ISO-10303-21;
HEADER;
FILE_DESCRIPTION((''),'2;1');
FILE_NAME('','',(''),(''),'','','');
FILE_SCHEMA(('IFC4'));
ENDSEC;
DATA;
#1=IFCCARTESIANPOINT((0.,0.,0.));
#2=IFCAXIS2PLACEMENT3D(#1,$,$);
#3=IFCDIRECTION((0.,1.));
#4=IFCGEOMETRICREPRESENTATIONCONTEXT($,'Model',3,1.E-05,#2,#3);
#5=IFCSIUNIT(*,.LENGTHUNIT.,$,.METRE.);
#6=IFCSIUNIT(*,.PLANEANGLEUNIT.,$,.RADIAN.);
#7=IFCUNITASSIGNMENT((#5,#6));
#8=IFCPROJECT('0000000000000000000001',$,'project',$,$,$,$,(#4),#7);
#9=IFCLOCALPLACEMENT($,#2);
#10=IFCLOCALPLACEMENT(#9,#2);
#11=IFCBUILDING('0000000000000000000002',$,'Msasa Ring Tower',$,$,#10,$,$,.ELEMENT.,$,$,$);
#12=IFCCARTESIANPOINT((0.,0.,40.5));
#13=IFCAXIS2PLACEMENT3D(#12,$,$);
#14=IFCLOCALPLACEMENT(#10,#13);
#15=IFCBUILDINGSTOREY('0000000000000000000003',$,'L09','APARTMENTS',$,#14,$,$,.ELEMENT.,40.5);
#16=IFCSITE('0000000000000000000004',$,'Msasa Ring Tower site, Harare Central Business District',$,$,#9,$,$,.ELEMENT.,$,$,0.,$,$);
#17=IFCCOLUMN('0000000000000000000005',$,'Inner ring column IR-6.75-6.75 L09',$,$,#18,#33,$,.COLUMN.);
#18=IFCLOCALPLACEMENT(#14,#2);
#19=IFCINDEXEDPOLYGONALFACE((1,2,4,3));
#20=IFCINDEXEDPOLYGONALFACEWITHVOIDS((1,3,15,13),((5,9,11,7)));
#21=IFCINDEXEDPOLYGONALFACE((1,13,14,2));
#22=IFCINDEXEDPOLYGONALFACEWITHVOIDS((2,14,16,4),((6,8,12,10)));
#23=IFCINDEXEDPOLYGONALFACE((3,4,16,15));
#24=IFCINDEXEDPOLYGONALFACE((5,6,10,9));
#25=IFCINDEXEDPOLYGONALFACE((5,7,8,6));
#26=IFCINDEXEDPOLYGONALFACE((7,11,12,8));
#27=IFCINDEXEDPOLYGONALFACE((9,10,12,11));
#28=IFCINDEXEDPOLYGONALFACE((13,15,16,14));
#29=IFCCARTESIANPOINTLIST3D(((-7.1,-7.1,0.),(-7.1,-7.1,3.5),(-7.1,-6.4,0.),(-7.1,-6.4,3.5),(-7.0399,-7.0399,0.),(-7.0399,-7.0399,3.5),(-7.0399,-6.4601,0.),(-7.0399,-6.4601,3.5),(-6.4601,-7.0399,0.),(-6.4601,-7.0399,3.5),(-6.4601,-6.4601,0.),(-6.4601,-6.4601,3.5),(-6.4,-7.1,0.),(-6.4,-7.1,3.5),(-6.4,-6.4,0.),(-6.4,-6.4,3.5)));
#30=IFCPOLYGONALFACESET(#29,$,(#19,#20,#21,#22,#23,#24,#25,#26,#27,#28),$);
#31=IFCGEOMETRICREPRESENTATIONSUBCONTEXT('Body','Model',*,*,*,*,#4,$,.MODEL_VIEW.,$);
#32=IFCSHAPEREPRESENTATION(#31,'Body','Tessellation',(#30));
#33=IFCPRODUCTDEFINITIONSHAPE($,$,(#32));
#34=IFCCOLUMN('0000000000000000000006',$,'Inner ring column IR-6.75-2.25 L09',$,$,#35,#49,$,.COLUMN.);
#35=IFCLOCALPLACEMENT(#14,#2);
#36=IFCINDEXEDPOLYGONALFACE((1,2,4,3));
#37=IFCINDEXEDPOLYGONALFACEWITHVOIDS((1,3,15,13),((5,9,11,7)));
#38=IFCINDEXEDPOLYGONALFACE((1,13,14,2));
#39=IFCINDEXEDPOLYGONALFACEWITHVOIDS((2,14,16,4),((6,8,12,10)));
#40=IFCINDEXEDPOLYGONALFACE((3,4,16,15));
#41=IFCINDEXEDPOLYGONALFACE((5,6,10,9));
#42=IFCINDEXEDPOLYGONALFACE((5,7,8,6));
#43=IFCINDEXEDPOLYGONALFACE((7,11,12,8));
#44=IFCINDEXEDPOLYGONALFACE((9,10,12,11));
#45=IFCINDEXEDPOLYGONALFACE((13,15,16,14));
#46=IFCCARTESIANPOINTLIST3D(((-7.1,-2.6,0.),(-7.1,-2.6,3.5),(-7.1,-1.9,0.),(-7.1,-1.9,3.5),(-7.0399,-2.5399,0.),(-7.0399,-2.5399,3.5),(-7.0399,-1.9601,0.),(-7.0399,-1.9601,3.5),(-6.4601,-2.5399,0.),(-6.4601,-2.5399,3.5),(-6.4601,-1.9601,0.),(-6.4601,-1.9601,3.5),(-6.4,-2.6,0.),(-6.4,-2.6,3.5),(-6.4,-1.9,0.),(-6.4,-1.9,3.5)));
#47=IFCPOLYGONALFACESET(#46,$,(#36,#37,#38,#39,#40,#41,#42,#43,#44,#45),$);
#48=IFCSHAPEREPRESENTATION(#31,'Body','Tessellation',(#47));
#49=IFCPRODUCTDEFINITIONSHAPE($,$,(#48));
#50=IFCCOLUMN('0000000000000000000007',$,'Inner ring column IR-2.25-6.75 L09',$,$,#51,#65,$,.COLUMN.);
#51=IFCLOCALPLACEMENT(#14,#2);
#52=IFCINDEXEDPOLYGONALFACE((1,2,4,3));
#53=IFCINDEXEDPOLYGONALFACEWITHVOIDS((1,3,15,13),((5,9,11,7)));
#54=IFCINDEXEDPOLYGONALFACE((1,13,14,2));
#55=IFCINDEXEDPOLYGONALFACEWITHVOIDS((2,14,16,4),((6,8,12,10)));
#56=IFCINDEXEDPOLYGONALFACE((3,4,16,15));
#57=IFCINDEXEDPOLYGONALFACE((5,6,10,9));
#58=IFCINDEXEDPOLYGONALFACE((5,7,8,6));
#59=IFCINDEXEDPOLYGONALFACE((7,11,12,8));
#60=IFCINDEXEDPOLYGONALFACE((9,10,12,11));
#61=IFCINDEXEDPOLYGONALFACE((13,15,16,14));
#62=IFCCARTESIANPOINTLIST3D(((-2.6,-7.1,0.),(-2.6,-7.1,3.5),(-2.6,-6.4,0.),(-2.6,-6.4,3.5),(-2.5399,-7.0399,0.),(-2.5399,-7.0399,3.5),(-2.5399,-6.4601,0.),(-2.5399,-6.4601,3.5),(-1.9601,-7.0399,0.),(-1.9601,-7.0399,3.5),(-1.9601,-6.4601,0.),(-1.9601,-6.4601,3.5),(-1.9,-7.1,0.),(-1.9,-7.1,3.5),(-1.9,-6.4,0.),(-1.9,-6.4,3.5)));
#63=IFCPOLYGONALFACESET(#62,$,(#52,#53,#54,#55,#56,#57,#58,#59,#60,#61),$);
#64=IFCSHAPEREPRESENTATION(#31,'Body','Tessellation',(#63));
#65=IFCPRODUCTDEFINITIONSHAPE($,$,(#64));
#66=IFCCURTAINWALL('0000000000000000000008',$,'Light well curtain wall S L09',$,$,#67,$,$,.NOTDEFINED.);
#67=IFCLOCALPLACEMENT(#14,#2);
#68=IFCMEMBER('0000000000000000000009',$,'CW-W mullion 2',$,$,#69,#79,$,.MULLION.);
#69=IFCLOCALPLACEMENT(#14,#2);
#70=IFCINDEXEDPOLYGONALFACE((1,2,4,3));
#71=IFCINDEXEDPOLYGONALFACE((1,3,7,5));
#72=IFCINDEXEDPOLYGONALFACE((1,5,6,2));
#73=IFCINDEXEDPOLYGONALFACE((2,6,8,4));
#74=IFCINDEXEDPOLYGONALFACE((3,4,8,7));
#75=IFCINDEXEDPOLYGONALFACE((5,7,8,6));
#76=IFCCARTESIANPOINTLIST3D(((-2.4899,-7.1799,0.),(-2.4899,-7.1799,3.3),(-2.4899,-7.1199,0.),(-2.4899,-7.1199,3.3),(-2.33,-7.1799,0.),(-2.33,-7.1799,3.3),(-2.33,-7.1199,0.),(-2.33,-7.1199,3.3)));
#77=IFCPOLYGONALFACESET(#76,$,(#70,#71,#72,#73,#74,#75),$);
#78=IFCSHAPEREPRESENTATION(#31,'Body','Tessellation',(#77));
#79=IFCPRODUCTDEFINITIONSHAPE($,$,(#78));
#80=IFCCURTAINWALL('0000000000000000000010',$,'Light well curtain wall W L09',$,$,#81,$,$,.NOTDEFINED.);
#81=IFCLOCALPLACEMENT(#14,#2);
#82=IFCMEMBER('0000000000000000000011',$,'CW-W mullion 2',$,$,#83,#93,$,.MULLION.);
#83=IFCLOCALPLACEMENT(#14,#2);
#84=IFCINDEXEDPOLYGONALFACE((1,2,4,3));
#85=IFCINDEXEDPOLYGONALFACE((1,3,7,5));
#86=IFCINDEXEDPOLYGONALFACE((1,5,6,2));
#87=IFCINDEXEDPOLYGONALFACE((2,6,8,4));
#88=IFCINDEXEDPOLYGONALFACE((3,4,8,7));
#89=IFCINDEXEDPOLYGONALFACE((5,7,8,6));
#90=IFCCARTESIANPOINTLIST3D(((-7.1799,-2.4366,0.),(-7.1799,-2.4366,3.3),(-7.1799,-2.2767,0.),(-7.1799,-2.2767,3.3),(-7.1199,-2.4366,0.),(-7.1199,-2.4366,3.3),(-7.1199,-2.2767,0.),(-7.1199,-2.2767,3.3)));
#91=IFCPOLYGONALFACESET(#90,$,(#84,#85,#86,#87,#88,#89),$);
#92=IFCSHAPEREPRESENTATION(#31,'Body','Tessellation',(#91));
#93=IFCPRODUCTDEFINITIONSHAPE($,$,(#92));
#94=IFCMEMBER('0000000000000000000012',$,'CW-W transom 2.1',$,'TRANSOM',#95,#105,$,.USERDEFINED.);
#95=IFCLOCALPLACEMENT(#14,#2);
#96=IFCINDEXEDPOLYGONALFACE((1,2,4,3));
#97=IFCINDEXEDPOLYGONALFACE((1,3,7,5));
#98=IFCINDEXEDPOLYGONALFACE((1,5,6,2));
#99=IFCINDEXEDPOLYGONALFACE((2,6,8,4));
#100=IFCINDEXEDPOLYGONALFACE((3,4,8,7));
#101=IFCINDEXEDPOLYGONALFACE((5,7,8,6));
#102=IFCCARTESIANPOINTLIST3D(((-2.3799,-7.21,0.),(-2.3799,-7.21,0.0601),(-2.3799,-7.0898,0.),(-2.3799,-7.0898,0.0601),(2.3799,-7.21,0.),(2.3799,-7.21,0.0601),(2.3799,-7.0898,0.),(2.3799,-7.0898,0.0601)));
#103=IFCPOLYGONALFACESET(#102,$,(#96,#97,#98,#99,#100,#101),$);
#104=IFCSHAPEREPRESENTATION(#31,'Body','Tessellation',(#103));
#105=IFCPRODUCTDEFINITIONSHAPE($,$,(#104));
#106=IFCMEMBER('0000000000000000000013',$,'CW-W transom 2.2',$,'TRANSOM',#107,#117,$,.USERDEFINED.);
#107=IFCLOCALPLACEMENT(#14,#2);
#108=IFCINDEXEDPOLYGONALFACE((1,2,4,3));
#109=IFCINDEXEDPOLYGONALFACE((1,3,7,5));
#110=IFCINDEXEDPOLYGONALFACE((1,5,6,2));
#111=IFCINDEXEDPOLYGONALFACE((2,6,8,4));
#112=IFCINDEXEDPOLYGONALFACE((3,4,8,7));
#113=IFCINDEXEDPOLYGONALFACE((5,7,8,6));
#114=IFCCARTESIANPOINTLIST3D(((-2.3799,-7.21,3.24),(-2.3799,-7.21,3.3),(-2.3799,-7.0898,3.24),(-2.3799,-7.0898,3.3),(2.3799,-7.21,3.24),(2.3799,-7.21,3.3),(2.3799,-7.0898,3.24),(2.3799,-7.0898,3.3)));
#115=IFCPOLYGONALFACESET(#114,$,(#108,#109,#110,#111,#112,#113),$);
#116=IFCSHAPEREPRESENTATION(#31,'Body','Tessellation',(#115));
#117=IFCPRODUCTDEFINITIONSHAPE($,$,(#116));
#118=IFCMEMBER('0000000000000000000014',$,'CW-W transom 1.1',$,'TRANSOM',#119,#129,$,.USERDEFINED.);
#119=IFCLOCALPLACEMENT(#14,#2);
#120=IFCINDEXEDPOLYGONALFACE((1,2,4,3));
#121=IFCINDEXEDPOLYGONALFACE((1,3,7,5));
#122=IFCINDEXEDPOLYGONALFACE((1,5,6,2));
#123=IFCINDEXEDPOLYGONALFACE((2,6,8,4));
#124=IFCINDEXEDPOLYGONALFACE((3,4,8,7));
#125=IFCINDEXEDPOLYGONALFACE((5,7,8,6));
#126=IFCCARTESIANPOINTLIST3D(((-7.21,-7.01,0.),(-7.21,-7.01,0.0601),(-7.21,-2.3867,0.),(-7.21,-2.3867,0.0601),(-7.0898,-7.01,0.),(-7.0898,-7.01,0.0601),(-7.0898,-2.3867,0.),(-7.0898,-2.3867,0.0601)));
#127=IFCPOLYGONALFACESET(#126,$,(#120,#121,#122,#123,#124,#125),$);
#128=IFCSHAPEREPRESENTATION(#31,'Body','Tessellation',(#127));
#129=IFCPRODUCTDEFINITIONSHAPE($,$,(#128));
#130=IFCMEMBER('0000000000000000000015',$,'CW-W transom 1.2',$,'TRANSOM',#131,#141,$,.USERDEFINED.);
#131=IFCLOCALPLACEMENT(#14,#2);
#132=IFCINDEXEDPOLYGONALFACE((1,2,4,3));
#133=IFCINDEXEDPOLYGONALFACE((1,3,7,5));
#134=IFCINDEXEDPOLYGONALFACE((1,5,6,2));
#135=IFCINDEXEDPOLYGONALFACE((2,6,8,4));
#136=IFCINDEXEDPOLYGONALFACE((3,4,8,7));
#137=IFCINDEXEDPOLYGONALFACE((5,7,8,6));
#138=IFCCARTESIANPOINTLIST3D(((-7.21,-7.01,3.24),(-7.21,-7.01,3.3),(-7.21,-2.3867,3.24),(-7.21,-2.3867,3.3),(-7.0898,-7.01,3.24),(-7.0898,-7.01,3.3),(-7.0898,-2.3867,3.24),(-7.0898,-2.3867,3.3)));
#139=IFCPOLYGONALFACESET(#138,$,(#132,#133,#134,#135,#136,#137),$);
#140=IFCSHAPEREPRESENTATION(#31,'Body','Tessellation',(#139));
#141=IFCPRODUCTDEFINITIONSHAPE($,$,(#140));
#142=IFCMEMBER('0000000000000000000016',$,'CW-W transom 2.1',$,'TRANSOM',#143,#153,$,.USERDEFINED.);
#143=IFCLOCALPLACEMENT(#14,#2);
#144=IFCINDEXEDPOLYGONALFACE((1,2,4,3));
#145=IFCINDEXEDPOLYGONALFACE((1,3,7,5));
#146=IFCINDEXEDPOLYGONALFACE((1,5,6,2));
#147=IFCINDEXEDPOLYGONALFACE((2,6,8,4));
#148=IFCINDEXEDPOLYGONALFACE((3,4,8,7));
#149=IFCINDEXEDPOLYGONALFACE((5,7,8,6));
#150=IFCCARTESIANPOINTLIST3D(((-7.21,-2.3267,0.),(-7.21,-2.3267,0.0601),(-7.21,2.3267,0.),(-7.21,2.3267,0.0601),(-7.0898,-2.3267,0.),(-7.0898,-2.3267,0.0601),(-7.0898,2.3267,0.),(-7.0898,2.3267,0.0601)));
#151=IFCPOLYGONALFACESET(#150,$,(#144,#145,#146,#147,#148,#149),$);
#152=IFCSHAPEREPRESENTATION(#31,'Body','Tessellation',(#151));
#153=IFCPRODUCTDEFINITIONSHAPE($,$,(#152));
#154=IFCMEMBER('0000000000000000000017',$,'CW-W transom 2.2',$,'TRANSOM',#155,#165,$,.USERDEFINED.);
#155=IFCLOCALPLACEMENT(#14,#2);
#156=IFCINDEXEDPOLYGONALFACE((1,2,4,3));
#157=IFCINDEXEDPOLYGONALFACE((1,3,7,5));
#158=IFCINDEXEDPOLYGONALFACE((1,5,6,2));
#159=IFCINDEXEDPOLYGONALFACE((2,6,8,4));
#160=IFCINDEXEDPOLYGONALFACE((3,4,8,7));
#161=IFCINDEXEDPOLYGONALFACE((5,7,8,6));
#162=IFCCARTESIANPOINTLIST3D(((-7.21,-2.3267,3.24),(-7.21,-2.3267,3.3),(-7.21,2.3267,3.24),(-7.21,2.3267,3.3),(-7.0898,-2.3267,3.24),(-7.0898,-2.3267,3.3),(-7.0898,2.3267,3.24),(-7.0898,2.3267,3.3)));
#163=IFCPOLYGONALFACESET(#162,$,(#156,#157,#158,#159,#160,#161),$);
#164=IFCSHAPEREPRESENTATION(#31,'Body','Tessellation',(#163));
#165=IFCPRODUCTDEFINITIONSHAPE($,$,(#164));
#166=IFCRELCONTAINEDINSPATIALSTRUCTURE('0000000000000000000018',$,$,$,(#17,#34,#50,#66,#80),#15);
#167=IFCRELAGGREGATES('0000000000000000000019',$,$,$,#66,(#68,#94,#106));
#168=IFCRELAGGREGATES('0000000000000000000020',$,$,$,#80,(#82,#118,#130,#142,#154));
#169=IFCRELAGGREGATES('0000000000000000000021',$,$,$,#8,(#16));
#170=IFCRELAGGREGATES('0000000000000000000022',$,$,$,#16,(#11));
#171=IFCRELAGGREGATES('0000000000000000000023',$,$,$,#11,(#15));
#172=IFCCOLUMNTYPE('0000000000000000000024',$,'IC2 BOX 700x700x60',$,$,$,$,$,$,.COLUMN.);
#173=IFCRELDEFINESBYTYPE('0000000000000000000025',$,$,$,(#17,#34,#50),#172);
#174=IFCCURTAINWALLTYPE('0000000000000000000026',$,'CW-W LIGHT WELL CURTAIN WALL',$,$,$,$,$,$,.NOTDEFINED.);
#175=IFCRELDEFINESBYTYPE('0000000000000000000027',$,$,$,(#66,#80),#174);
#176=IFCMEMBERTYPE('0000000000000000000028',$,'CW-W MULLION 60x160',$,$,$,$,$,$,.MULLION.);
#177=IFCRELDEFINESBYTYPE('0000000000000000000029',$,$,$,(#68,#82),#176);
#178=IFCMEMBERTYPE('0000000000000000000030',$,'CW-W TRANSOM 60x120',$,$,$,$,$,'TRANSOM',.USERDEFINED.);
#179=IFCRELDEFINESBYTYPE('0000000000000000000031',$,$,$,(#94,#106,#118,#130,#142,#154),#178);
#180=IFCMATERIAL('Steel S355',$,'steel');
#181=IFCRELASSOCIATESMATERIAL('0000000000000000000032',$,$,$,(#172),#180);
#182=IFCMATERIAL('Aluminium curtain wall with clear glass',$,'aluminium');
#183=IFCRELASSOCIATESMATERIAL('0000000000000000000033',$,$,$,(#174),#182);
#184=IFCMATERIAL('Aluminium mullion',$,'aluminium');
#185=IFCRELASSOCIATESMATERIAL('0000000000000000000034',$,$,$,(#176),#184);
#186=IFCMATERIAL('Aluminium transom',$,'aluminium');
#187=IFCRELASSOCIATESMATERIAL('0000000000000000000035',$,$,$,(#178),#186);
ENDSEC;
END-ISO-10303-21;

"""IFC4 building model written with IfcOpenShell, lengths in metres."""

from ifc_helpers import new_model, si_unit, direction, frame, origin, origin_2d, place, context, subcontext, project, spatial, rectangle, hollow_rectangle, extrude, material, material_profile, profile_set, type_object, element, aggregate, save


model = new_model("IFC4")

# Units and contexts
model_context = context("Model", 3, precision=1e-05, world=origin(), true_north=direction((0.0, 1.0)))
body_context = subcontext(model_context, "Body", "Model", "MODEL_VIEW")
ifc_project = project(units=[si_unit("LENGTHUNIT", "METRE"), si_unit("PLANEANGLEUNIT", "RADIAN")], contexts=[model_context])

# Site, building, storey
site_placement = place(None, origin())
site = spatial("IfcSite", under=ifc_project, at=site_placement, Name="Msasa Ring Tower site, Harare Central Business District", CompositionType="ELEMENT", RefElevation=0.0)
building_placement = place(site_placement, origin())
building = spatial("IfcBuilding", under=site, at=building_placement, Name="Msasa Ring Tower", CompositionType="ELEMENT")
storey_placement = place(building_placement, frame((0.0, 0.0, 40.5)))
storey = spatial("IfcBuildingStorey", under=building, at=storey_placement, Name="L09", Description="APARTMENTS", CompositionType="ELEMENT", Elevation=40.5)

# Columns
ifc_material_1 = material(Name="Steel S355", Category="steel")
ifc_material_profile_1 = material_profile(ifc_material_1, hollow_rectangle(XDim=0.7, YDim=0.7, WallThickness=0.0601, at=origin_2d()), Name="BOX 700x700x60")
ifc_profile_set_1 = profile_set([ifc_material_profile_1], Name="Steel S355")
column_type = type_object("IfcColumnType", Name="IC2 BOX 700x700x60", PredefinedType="COLUMN", material=ifc_profile_set_1)
for number, where, z_axis, x_axis, name in (
    (1, (-6.75, -6.75, 0.0), (0.0, 0.0, 1.0), (1.0, 0.0, 0.0), "Inner ring column IR-6.75-6.75 L09"),
    (2, (-6.75, -2.25, 0.0), (0.0, 0.0, 1.0), (1.0, 0.0, 0.0), "Inner ring column IR-6.75-2.25 L09"),
    (3, (-2.25, -6.75, 0.0), (0.0, 0.0, 1.0), (1.0, 0.0, 0.0), "Inner ring column IR-2.25-6.75 L09"),
):
    element("IfcColumn", number, at=place(storey_placement, frame(where, z_axis=z_axis, x_axis=x_axis)), inside=storey, type_object=column_type, Name=name, PredefinedType="COLUMN", context=body_context, shape_type="SweptSolid", body=[
        extrude(hollow_rectangle(XDim=0.7, YDim=0.7, WallThickness=0.0601, at=origin_2d()), origin(), (0.0, 0.0, 1.0), 3.5),
    ])

# Curtain walls, members
ifc_material_2 = material(Name="Aluminium curtain wall with clear glass", Category="aluminium")
curtain_wall_type = type_object("IfcCurtainWallType", Name="CW-W LIGHT WELL CURTAIN WALL", PredefinedType="NOTDEFINED", material=ifc_material_2)
curtain_wall_1_placement = place(storey_placement, origin())
curtain_wall_1 = element("IfcCurtainWall", 4, at=curtain_wall_1_placement, inside=storey, type_object=curtain_wall_type, Name="Light well curtain wall S L09", PredefinedType="NOTDEFINED")
ifc_material_3 = material(Name="Aluminium mullion", Category="aluminium")
ifc_material_profile_2 = material_profile(ifc_material_3, rectangle(XDim=0.0601, YDim=0.1599, at=origin_2d()), Name="AL 60x160")
ifc_profile_set_2 = profile_set([ifc_material_profile_2], Name="Aluminium mullion")
member_type_1 = type_object("IfcMemberType", Name="CW-W MULLION 60x160", PredefinedType="MULLION", material=ifc_profile_set_2)
member_1_placement = place(storey_placement, frame((-2.4099, -7.1499, 0.0), z_axis=(0.0, 0.0, 1.0), x_axis=(0.0, 1.0, 0.0)))
member_1 = element("IfcMember", 5, at=member_1_placement, type_object=member_type_1, Name="CW-W mullion 2", PredefinedType="MULLION", context=body_context, shape_type="SweptSolid", body=[
    extrude(rectangle(XDim=0.0601, YDim=0.1599, at=origin_2d()), origin(), (0.0, 0.0, 1.0), 3.3),
])
curtain_wall_2_placement = place(storey_placement, origin())
curtain_wall_2 = element("IfcCurtainWall", 6, at=curtain_wall_2_placement, inside=storey, type_object=curtain_wall_type, Name="Light well curtain wall W L09", PredefinedType="NOTDEFINED")
member_2_placement = place(storey_placement, frame((-7.1499, -2.3567, 0.0), z_axis=(0.0, 0.0, 1.0), x_axis=(-1.0, 0.0, 0.0)))
member_2 = element("IfcMember", 7, at=member_2_placement, type_object=member_type_1, Name="CW-W mullion 2", PredefinedType="MULLION", context=body_context, shape_type="SweptSolid", body=[
    extrude(rectangle(XDim=0.0601, YDim=0.1599, at=origin_2d()), origin(), (0.0, 0.0, 1.0), 3.3),
])

# Members
ifc_material_4 = material(Name="Aluminium transom", Category="aluminium")
ifc_material_profile_3 = material_profile(ifc_material_4, rectangle(XDim=0.1201, YDim=0.0601, at=origin_2d()), Name="AL 60x120")
ifc_profile_set_3 = profile_set([ifc_material_profile_3], Name="Aluminium transom")
member_type_2 = type_object("IfcMemberType", Name="CW-W TRANSOM 60x120", ElementType="TRANSOM", PredefinedType="USERDEFINED", material=ifc_profile_set_3)
member_3_placement = place(storey_placement, frame((-2.3799, -7.1499, 0.03), z_axis=(1.0, 0.0, 0.0), x_axis=(0.0, 1.0, 0.0)))
member_3 = element("IfcMember", 8, at=member_3_placement, type_object=member_type_2, Name="CW-W transom 2.1", ObjectType="TRANSOM", PredefinedType="USERDEFINED", context=body_context, shape_type="SweptSolid", body=[
    extrude(rectangle(XDim=0.1201, YDim=0.0601, at=origin_2d()), origin(), (0.0, 0.0, 1.0), 4.7598),
])
member_4_placement = place(storey_placement, frame((-2.3799, -7.1499, 3.27), z_axis=(1.0, 0.0, 0.0), x_axis=(0.0, 1.0, 0.0)))
member_4 = element("IfcMember", 9, at=member_4_placement, type_object=member_type_2, Name="CW-W transom 2.2", ObjectType="TRANSOM", PredefinedType="USERDEFINED", context=body_context, shape_type="SweptSolid", body=[
    extrude(rectangle(XDim=0.1201, YDim=0.0601, at=origin_2d()), origin(), (0.0, 0.0, 1.0), 4.7598),
])
member_5_placement = place(storey_placement, frame((-7.1499, -7.01, 0.03), z_axis=(0.0, 1.0, 0.0), x_axis=(-1.0, 0.0, 0.0)))
member_5 = element("IfcMember", 10, at=member_5_placement, type_object=member_type_2, Name="CW-W transom 1.1", ObjectType="TRANSOM", PredefinedType="USERDEFINED", context=body_context, shape_type="SweptSolid", body=[
    extrude(rectangle(XDim=0.1201, YDim=0.0601, at=origin_2d()), origin(), (0.0, 0.0, 1.0), 4.6233),
])
member_6_placement = place(storey_placement, frame((-7.1499, -7.01, 3.27), z_axis=(0.0, 1.0, 0.0), x_axis=(-1.0, 0.0, 0.0)))
member_6 = element("IfcMember", 11, at=member_6_placement, type_object=member_type_2, Name="CW-W transom 1.2", ObjectType="TRANSOM", PredefinedType="USERDEFINED", context=body_context, shape_type="SweptSolid", body=[
    extrude(rectangle(XDim=0.1201, YDim=0.0601, at=origin_2d()), origin(), (0.0, 0.0, 1.0), 4.6233),
])
member_7_placement = place(storey_placement, frame((-7.1499, -2.3267, 0.03), z_axis=(0.0, 1.0, 0.0), x_axis=(-1.0, 0.0, 0.0)))
member_7 = element("IfcMember", 12, at=member_7_placement, type_object=member_type_2, Name="CW-W transom 2.1", ObjectType="TRANSOM", PredefinedType="USERDEFINED", context=body_context, shape_type="SweptSolid", body=[
    extrude(rectangle(XDim=0.1201, YDim=0.0601, at=origin_2d()), origin(), (0.0, 0.0, 1.0), 4.6533),
])
member_8_placement = place(storey_placement, frame((-7.1499, -2.3267, 3.27), z_axis=(0.0, 1.0, 0.0), x_axis=(-1.0, 0.0, 0.0)))
member_8 = element("IfcMember", 13, at=member_8_placement, type_object=member_type_2, Name="CW-W transom 2.2", ObjectType="TRANSOM", PredefinedType="USERDEFINED", context=body_context, shape_type="SweptSolid", body=[
    extrude(rectangle(XDim=0.1201, YDim=0.0601, at=origin_2d()), origin(), (0.0, 0.0, 1.0), 4.6533),
])

aggregate(curtain_wall_1, [member_1, member_3, member_4])
aggregate(curtain_wall_2, [member_2, member_5, member_6, member_7, member_8])

save(model, "model.ifc")
